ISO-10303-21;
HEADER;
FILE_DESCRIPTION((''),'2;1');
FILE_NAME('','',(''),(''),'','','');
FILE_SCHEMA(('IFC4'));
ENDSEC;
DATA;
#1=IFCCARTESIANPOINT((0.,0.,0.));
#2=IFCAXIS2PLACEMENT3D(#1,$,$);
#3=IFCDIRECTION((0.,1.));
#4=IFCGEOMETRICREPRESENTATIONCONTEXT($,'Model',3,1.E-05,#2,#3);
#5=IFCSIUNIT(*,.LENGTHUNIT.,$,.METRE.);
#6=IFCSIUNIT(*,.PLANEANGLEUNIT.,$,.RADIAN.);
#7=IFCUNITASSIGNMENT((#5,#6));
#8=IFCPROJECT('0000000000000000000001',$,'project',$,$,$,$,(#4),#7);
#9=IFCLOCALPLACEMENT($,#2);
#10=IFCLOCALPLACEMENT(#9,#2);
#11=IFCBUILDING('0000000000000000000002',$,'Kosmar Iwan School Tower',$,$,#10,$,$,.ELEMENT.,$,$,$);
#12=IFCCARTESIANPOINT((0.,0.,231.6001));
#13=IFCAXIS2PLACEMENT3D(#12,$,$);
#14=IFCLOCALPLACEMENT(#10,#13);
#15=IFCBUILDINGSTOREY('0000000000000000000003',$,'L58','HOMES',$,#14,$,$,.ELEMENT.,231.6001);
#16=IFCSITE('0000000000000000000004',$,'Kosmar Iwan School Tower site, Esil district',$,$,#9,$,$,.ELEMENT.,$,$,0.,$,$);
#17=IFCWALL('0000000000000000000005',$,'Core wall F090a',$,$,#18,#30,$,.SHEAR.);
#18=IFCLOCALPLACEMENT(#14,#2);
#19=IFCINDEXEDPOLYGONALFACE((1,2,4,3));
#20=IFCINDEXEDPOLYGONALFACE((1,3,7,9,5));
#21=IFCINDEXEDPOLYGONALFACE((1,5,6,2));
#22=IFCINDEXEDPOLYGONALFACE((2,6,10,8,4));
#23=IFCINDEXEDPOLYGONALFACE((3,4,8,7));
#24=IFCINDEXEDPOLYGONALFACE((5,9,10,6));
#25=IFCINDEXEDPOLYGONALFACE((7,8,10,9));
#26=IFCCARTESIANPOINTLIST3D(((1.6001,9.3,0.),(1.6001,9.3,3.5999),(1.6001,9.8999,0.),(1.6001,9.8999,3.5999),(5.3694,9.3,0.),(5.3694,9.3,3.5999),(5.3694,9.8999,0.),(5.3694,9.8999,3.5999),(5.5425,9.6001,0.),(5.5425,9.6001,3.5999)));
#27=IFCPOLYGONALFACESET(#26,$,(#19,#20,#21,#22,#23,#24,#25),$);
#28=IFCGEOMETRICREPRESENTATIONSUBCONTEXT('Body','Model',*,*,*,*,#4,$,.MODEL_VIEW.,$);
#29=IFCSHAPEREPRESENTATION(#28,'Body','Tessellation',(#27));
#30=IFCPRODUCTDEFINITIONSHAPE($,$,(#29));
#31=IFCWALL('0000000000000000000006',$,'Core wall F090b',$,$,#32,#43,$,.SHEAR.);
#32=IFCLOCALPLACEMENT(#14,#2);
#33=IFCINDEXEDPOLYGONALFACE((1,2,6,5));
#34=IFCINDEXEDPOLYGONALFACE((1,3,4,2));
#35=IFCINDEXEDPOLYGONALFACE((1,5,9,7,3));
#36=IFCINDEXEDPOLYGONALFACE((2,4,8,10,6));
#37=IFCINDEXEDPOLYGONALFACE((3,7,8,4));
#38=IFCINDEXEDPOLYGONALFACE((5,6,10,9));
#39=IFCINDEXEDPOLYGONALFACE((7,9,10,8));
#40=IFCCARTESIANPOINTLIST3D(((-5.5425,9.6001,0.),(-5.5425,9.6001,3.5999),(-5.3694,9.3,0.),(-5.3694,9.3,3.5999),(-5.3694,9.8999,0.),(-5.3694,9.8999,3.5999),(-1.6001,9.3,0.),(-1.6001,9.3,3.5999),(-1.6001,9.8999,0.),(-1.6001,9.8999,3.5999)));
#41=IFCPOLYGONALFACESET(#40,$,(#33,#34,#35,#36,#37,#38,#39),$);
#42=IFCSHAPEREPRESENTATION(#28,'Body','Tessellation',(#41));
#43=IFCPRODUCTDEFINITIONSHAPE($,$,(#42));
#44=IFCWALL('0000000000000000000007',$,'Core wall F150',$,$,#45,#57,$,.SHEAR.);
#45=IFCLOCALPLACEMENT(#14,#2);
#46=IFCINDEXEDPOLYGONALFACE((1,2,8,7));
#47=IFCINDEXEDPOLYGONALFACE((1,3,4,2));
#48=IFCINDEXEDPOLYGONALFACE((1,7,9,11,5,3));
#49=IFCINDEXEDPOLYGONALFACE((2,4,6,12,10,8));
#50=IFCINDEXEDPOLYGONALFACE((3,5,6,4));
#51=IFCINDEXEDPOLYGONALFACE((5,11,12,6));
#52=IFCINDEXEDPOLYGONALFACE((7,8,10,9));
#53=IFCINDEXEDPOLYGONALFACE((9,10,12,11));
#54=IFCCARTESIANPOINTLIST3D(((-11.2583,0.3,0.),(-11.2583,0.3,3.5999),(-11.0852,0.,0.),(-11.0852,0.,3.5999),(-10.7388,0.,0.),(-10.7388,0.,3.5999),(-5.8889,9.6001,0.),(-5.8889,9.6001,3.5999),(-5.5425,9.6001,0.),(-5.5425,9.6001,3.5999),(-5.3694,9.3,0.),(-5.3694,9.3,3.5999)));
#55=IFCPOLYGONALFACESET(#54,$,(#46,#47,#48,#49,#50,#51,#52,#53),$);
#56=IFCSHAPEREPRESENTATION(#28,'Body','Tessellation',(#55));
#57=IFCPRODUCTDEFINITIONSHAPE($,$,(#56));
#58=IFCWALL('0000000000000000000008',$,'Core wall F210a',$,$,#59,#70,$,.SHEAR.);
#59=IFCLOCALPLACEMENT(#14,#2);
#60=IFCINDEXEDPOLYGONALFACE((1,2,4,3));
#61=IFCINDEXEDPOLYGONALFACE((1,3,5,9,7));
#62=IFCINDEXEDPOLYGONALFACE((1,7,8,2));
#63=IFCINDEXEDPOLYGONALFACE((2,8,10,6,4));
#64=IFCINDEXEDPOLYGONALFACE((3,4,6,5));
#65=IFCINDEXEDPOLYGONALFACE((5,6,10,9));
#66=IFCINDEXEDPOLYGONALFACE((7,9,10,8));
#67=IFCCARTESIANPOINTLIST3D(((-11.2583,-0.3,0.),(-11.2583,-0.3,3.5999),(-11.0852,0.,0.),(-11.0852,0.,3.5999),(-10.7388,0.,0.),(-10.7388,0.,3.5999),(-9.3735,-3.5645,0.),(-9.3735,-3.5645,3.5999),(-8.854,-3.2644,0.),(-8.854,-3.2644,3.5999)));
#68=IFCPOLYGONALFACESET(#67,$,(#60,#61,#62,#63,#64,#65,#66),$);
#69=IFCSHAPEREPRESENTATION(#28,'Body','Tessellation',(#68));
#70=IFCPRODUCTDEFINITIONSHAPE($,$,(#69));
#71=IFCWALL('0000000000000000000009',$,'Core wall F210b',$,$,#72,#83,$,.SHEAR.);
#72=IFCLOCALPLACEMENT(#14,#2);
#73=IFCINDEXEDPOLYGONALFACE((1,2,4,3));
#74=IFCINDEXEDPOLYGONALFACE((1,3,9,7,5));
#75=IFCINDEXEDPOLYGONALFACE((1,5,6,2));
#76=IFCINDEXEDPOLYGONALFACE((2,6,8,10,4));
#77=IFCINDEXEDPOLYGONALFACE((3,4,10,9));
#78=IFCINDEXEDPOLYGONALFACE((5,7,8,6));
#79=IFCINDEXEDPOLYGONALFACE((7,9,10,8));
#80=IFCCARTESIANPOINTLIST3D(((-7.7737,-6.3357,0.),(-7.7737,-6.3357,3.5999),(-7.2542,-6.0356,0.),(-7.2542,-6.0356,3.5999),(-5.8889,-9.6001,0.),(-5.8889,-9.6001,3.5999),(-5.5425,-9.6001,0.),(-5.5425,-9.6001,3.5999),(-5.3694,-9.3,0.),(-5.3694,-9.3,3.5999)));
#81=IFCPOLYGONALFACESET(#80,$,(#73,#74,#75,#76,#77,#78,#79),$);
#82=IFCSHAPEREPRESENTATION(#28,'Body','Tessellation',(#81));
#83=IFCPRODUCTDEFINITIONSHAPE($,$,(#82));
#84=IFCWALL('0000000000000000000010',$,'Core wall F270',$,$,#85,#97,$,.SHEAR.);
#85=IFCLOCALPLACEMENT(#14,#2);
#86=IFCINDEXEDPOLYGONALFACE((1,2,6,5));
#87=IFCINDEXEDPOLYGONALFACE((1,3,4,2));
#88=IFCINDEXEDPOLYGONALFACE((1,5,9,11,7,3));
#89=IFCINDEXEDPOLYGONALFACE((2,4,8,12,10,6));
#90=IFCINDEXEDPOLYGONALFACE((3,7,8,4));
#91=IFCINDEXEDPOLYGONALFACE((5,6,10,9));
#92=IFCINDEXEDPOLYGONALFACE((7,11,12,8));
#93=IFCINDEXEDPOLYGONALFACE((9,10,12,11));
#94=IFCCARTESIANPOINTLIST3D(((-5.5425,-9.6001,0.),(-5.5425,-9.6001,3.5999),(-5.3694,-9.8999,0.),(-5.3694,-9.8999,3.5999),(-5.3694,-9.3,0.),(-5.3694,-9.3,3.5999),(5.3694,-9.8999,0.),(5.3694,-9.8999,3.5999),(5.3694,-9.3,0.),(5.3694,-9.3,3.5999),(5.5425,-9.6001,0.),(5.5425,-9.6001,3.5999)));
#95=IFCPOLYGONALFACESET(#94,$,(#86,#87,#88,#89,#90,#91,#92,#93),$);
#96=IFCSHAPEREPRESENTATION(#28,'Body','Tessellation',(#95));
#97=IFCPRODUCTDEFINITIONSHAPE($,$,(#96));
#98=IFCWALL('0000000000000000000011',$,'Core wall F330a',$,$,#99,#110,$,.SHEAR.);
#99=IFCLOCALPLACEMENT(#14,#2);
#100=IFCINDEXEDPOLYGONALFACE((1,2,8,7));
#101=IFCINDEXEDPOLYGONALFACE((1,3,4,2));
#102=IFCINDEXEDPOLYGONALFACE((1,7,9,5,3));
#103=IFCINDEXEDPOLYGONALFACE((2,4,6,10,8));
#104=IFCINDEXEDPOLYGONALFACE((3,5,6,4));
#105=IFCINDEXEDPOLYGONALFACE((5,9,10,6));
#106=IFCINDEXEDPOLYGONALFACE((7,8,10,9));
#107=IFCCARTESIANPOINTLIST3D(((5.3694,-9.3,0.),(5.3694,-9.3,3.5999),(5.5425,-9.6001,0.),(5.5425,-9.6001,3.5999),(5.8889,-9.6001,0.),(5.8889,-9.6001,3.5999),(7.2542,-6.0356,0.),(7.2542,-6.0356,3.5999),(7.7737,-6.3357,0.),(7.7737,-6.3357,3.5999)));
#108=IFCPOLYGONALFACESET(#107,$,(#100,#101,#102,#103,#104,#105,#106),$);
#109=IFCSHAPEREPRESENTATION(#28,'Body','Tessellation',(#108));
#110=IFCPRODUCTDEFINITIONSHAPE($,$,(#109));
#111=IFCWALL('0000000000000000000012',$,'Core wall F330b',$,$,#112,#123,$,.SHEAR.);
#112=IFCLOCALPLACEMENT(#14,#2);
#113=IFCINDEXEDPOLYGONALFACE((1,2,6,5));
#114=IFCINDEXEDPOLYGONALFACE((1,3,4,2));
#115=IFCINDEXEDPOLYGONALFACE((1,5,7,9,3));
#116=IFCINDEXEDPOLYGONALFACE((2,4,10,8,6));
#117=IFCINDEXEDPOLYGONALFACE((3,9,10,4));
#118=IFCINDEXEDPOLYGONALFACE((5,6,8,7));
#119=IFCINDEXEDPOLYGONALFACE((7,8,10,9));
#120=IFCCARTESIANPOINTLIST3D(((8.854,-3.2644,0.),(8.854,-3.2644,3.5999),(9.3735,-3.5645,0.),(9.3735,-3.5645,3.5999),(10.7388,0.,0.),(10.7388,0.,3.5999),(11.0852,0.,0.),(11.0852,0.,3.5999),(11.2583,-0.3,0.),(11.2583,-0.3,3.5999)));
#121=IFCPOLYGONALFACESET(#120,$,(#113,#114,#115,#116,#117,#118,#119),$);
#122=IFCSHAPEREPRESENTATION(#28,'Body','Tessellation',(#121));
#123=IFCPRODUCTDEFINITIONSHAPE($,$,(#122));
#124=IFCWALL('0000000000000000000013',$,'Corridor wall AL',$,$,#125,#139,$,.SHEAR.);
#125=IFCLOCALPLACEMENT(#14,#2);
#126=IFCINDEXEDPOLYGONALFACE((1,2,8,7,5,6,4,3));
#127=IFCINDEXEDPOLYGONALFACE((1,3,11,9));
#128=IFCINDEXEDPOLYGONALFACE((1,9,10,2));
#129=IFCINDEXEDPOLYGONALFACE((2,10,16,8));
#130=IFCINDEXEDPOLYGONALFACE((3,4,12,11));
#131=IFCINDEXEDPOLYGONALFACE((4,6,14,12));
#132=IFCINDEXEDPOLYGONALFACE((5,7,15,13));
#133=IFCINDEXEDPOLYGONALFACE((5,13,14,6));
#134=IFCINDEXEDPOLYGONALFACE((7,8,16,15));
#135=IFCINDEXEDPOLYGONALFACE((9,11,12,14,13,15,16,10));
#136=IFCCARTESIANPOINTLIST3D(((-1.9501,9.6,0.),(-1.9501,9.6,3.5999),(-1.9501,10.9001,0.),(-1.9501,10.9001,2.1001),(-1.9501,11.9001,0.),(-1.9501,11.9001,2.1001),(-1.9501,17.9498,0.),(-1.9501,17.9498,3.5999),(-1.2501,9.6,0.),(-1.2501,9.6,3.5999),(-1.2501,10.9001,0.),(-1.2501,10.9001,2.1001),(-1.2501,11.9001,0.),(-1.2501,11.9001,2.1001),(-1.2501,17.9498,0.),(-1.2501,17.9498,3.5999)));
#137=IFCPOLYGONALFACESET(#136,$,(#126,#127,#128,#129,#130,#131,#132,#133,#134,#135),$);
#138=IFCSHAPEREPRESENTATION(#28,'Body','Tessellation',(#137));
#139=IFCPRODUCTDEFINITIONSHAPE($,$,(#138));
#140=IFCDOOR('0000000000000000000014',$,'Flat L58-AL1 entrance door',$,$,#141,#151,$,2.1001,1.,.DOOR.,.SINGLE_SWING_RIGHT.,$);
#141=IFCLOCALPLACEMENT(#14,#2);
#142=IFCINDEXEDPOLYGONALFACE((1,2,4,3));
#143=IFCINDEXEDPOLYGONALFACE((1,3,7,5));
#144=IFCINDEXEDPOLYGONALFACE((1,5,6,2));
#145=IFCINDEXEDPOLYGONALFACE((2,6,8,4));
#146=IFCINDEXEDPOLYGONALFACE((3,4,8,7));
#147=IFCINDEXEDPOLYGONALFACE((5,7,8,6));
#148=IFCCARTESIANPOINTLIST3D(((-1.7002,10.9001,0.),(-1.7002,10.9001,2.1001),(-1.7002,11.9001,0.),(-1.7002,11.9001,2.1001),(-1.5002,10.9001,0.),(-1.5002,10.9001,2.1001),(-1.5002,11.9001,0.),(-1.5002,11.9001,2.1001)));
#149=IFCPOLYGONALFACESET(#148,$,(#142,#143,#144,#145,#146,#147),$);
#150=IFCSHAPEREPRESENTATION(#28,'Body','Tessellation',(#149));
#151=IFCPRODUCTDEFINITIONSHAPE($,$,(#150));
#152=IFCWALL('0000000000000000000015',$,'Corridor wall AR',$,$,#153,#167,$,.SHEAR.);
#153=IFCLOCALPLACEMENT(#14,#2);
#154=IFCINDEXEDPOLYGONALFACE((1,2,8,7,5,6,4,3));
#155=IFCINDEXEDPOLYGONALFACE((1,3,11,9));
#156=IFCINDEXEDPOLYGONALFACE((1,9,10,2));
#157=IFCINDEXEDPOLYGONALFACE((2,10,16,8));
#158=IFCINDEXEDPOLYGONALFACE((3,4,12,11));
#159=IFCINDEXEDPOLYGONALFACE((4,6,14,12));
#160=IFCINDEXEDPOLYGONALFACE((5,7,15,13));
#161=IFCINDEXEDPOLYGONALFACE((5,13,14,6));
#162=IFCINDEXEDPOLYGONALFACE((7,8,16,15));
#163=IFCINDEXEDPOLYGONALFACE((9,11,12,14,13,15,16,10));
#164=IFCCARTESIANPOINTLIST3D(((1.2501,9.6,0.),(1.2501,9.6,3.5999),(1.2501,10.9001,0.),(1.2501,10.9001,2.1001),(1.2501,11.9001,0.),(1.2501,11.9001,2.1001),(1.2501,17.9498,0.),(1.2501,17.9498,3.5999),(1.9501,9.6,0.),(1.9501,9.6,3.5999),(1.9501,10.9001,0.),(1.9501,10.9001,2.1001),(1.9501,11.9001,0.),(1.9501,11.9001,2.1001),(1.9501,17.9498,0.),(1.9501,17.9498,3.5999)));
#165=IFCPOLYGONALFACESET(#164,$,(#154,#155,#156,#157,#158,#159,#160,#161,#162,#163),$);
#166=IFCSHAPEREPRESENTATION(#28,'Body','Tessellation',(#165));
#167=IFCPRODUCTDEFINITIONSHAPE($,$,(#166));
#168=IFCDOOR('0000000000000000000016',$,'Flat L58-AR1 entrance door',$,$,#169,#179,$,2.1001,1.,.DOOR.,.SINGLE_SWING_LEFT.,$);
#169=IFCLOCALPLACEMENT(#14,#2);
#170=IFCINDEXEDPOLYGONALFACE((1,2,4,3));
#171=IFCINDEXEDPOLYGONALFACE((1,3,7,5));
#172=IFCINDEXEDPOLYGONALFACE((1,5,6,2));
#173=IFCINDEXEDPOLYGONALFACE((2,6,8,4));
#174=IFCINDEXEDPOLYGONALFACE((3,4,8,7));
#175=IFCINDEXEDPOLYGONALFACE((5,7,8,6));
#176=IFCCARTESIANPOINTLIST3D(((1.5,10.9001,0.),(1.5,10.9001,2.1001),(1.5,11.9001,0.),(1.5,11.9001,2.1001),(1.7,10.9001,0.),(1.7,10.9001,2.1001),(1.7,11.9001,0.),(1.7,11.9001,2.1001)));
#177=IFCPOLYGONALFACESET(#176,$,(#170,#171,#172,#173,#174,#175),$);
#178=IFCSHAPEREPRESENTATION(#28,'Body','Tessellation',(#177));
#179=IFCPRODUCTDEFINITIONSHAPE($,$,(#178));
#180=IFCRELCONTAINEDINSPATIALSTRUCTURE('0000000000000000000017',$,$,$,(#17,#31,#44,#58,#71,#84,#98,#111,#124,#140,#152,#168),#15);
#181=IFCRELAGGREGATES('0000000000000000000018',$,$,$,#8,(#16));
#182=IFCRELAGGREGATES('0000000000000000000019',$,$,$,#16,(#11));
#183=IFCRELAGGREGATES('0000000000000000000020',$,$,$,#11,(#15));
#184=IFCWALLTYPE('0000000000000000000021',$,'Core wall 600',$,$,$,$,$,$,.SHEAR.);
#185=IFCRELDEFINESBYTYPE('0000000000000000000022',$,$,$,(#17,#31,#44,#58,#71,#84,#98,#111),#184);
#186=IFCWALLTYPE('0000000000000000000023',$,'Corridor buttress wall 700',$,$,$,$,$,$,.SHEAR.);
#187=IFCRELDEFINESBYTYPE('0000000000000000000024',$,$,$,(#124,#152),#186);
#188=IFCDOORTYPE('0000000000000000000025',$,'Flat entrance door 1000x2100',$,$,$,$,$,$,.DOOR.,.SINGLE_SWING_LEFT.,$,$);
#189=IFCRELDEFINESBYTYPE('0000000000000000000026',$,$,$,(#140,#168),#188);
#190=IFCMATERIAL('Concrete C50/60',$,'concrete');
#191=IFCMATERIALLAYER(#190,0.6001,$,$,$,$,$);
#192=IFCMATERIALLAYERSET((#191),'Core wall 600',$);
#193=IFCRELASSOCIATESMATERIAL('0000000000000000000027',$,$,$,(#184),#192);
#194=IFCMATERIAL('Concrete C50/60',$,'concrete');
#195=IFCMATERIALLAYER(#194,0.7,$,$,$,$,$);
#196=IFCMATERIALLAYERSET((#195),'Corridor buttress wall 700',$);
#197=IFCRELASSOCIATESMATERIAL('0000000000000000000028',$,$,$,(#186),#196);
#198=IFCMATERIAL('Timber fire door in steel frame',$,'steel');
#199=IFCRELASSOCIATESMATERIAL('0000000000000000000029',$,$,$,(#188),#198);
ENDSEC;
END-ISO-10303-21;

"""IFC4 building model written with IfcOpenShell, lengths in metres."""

from ifc_helpers import new_model, si_unit, direction, frame, frame_2d, origin, place, context, subcontext, project, spatial, polyline, rectangle, outline, extrude, material, layer, layer_set, type_object, element, fill, save


model = new_model("IFC4")

# Units and contexts
model_context = context("Model", 3, precision=1e-05, world=origin(), true_north=direction((0.0, 1.0)))
body_context = subcontext(model_context, "Body", "Model", "MODEL_VIEW")
ifc_project = project(units=[si_unit("LENGTHUNIT", "METRE"), si_unit("PLANEANGLEUNIT", "RADIAN")], contexts=[model_context])

# Site, building, storey
site_placement = place(None, origin())
site = spatial("IfcSite", under=ifc_project, at=site_placement, Name="Kosmar Iwan School Tower site, Esil district", CompositionType="ELEMENT", RefElevation=0.0)
building_placement = place(site_placement, origin())
building = spatial("IfcBuilding", under=site, at=building_placement, Name="Kosmar Iwan School Tower", CompositionType="ELEMENT")
storey_placement = place(building_placement, frame((0.0, 0.0, 231.6001)))
storey = spatial("IfcBuildingStorey", under=building, at=storey_placement, Name="L58", Description="HOMES", CompositionType="ELEMENT", Elevation=231.6001)

# Walls
ifc_material_1 = material(Name="Concrete C50/60", Category="concrete")
ifc_layer_1 = layer(ifc_material_1, 0.6001)
ifc_layer_set_1 = layer_set([ifc_layer_1], Name="Core wall 600")
wall_type_1 = type_object("IfcWallType", Name="Core wall 600", PredefinedType="SHEAR", material=ifc_layer_set_1)
wall_1_placement = place(storey_placement, origin())
element("IfcWall", 1, at=wall_1_placement, inside=storey, type_object=wall_type_1, Name="Core wall F090a", PredefinedType="SHEAR", context=body_context, shape_type="SweptSolid", body=[
    extrude(outline(polyline([(1.6001, 9.3), (5.3694, 9.3), (5.5425, 9.6001), (5.3694, 9.8999), (1.6001, 9.8999), (1.6001, 9.3)])), origin(), (0.0, 0.0, 1.0), 3.5999),
])
wall_2_placement = place(storey_placement, origin())
element("IfcWall", 2, at=wall_2_placement, inside=storey, type_object=wall_type_1, Name="Core wall F090b", PredefinedType="SHEAR", context=body_context, shape_type="SweptSolid", body=[
    extrude(outline(polyline([(-5.3694, 9.3), (-1.6001, 9.3), (-1.6001, 9.8999), (-5.3694, 9.8999), (-5.5425, 9.6001), (-5.3694, 9.3)])), origin(), (0.0, 0.0, 1.0), 3.5999),
])
wall_3_placement = place(storey_placement, origin())
element("IfcWall", 3, at=wall_3_placement, inside=storey, type_object=wall_type_1, Name="Core wall F150", PredefinedType="SHEAR", context=body_context, shape_type="SweptSolid", body=[
    extrude(outline(polyline([(-11.0852, 0.0), (-10.7388, 0.0), (-5.3694, 9.3), (-5.5425, 9.6001), (-5.8889, 9.6001), (-11.2583, 0.3), (-11.0852, 0.0)])), origin(), (0.0, 0.0, 1.0), 3.5999),
])
wall_4_placement = place(storey_placement, origin())
element("IfcWall", 4, at=wall_4_placement, inside=storey, type_object=wall_type_1, Name="Core wall F210a", PredefinedType="SHEAR", context=body_context, shape_type="SweptSolid", body=[
    extrude(outline(polyline([(-9.3735, -3.5645), (-8.854, -3.2644), (-10.7388, 0.0), (-11.0852, 0.0), (-11.2583, -0.3), (-9.3735, -3.5645)])), origin(), (0.0, 0.0, 1.0), 3.5999),
])
wall_5_placement = place(storey_placement, origin())
element("IfcWall", 5, at=wall_5_placement, inside=storey, type_object=wall_type_1, Name="Core wall F210b", PredefinedType="SHEAR", context=body_context, shape_type="SweptSolid", body=[
    extrude(outline(polyline([(-5.8889, -9.6001), (-5.5425, -9.6001), (-5.3694, -9.3), (-7.2542, -6.0356), (-7.7737, -6.3357), (-5.8889, -9.6001)])), origin(), (0.0, 0.0, 1.0), 3.5999),
])
wall_6_placement = place(storey_placement, origin())
element("IfcWall", 6, at=wall_6_placement, inside=storey, type_object=wall_type_1, Name="Core wall F270", PredefinedType="SHEAR", context=body_context, shape_type="SweptSolid", body=[
    extrude(outline(polyline([(-5.3694, -9.8999), (5.3694, -9.8999), (5.5425, -9.6001), (5.3694, -9.3), (-5.3694, -9.3), (-5.5425, -9.6001), (-5.3694, -9.8999)])), origin(), (0.0, 0.0, 1.0), 3.5999),
])
wall_7_placement = place(storey_placement, origin())
element("IfcWall", 7, at=wall_7_placement, inside=storey, type_object=wall_type_1, Name="Core wall F330a", PredefinedType="SHEAR", context=body_context, shape_type="SweptSolid", body=[
    extrude(outline(polyline([(5.5425, -9.6001), (5.8889, -9.6001), (7.7737, -6.3357), (7.2542, -6.0356), (5.3694, -9.3), (5.5425, -9.6001)])), origin(), (0.0, 0.0, 1.0), 3.5999),
])
wall_8_placement = place(storey_placement, origin())
element("IfcWall", 8, at=wall_8_placement, inside=storey, type_object=wall_type_1, Name="Core wall F330b", PredefinedType="SHEAR", context=body_context, shape_type="SweptSolid", body=[
    extrude(outline(polyline([(9.3735, -3.5645), (11.2583, -0.3), (11.0852, 0.0), (10.7388, 0.0), (8.854, -3.2644), (9.3735, -3.5645)])), origin(), (0.0, 0.0, 1.0), 3.5999),
])

# Walls, openings, doors
ifc_material_2 = material(Name="Concrete C50/60", Category="concrete")
ifc_layer_2 = layer(ifc_material_2, 0.7)
ifc_layer_set_2 = layer_set([ifc_layer_2], Name="Corridor buttress wall 700")
wall_type_2 = type_object("IfcWallType", Name="Corridor buttress wall 700", PredefinedType="SHEAR", material=ifc_layer_set_2)
wall_9_placement = place(storey_placement, frame((-1.6001, 9.6001, 0.0), z_axis=(0.0, 0.0, 1.0), x_axis=(0.0, 1.0, 0.0)))
wall_9 = element("IfcWall", 9, at=wall_9_placement, inside=storey, type_object=wall_type_2, Name="Corridor wall AL", PredefinedType="SHEAR", context=body_context, shape_type="SweptSolid", body=[
    extrude(rectangle(XDim=8.3499, YDim=0.7, at=frame_2d((4.1748, 0.0))), origin(), (0.0, 0.0, 1.0), 3.5999),
])
opening_1_placement = place(wall_9_placement, frame((1.3, 0.0, 0.0)))
opening_1 = element("IfcOpeningElement", 10, at=opening_1_placement, cuts=wall_9, PredefinedType="OPENING", context=body_context, shape_type="SweptSolid", body=[
    extrude(rectangle(XDim=1.0, YDim=2.1001, at=frame_2d((0.5, 1.05))), frame((0.0, 0.3621, 0.0), z_axis=(0.0, -1.0, 0.0), x_axis=(1.0, 0.0, 0.0)), (0.0, 0.0, 1.0), 0.7239),
])
ifc_material_3 = material(Name="Timber fire door in steel frame", Category="steel")
door_type_1 = type_object("IfcDoorType", Name="Flat entrance door 1000x2100", OperationType="SINGLE_SWING_LEFT", PredefinedType="DOOR", material=ifc_material_3)
door_1_placement = place(opening_1_placement, origin())
door_1 = element("IfcDoor", 11, at=door_1_placement, inside=storey, type_object=door_type_1, Name="Flat L58-AL1 entrance door", OperationType="SINGLE_SWING_RIGHT", OverallHeight=2.1001, OverallWidth=1.0, PredefinedType="DOOR", context=body_context, shape_type="SweptSolid", body=[
    extrude(rectangle(XDim=1.0, YDim=2.1001, at=frame_2d((0.5, 1.05))), frame((0.0, 0.1001, 0.0), z_axis=(0.0, -1.0, 0.0), x_axis=(1.0, 0.0, 0.0)), (0.0, 0.0, 1.0), 0.2),
])
fill(opening_1, door_1)
wall_10_placement = place(storey_placement, frame((1.6001, 9.6001, 0.0), z_axis=(0.0, 0.0, 1.0), x_axis=(0.0, 1.0, 0.0)))
wall_10 = element("IfcWall", 12, at=wall_10_placement, inside=storey, type_object=wall_type_2, Name="Corridor wall AR", PredefinedType="SHEAR", context=body_context, shape_type="SweptSolid", body=[
    extrude(rectangle(XDim=8.3499, YDim=0.7, at=frame_2d((4.1748, 0.0))), origin(), (0.0, 0.0, 1.0), 3.5999),
])
opening_2_placement = place(wall_10_placement, frame((1.3, 0.0, 0.0)))
opening_2 = element("IfcOpeningElement", 13, at=opening_2_placement, cuts=wall_10, PredefinedType="OPENING", context=body_context, shape_type="SweptSolid", body=[
    extrude(rectangle(XDim=1.0, YDim=2.1001, at=frame_2d((0.5, 1.05))), frame((0.0, 0.3621, 0.0), z_axis=(0.0, -1.0, 0.0), x_axis=(1.0, 0.0, 0.0)), (0.0, 0.0, 1.0), 0.7239),
])
door_2_placement = place(opening_2_placement, origin())
door_2 = element("IfcDoor", 14, at=door_2_placement, inside=storey, type_object=door_type_1, Name="Flat L58-AR1 entrance door", OperationType="SINGLE_SWING_LEFT", OverallHeight=2.1001, OverallWidth=1.0, PredefinedType="DOOR", context=body_context, shape_type="SweptSolid", body=[
    extrude(rectangle(XDim=1.0, YDim=2.1001, at=frame_2d((0.5, 1.05))), frame((0.0, 0.1001, 0.0), z_axis=(0.0, -1.0, 0.0), x_axis=(1.0, 0.0, 0.0)), (0.0, 0.0, 1.0), 0.2),
])
fill(opening_2, door_2)

save(model, "model.ifc")
